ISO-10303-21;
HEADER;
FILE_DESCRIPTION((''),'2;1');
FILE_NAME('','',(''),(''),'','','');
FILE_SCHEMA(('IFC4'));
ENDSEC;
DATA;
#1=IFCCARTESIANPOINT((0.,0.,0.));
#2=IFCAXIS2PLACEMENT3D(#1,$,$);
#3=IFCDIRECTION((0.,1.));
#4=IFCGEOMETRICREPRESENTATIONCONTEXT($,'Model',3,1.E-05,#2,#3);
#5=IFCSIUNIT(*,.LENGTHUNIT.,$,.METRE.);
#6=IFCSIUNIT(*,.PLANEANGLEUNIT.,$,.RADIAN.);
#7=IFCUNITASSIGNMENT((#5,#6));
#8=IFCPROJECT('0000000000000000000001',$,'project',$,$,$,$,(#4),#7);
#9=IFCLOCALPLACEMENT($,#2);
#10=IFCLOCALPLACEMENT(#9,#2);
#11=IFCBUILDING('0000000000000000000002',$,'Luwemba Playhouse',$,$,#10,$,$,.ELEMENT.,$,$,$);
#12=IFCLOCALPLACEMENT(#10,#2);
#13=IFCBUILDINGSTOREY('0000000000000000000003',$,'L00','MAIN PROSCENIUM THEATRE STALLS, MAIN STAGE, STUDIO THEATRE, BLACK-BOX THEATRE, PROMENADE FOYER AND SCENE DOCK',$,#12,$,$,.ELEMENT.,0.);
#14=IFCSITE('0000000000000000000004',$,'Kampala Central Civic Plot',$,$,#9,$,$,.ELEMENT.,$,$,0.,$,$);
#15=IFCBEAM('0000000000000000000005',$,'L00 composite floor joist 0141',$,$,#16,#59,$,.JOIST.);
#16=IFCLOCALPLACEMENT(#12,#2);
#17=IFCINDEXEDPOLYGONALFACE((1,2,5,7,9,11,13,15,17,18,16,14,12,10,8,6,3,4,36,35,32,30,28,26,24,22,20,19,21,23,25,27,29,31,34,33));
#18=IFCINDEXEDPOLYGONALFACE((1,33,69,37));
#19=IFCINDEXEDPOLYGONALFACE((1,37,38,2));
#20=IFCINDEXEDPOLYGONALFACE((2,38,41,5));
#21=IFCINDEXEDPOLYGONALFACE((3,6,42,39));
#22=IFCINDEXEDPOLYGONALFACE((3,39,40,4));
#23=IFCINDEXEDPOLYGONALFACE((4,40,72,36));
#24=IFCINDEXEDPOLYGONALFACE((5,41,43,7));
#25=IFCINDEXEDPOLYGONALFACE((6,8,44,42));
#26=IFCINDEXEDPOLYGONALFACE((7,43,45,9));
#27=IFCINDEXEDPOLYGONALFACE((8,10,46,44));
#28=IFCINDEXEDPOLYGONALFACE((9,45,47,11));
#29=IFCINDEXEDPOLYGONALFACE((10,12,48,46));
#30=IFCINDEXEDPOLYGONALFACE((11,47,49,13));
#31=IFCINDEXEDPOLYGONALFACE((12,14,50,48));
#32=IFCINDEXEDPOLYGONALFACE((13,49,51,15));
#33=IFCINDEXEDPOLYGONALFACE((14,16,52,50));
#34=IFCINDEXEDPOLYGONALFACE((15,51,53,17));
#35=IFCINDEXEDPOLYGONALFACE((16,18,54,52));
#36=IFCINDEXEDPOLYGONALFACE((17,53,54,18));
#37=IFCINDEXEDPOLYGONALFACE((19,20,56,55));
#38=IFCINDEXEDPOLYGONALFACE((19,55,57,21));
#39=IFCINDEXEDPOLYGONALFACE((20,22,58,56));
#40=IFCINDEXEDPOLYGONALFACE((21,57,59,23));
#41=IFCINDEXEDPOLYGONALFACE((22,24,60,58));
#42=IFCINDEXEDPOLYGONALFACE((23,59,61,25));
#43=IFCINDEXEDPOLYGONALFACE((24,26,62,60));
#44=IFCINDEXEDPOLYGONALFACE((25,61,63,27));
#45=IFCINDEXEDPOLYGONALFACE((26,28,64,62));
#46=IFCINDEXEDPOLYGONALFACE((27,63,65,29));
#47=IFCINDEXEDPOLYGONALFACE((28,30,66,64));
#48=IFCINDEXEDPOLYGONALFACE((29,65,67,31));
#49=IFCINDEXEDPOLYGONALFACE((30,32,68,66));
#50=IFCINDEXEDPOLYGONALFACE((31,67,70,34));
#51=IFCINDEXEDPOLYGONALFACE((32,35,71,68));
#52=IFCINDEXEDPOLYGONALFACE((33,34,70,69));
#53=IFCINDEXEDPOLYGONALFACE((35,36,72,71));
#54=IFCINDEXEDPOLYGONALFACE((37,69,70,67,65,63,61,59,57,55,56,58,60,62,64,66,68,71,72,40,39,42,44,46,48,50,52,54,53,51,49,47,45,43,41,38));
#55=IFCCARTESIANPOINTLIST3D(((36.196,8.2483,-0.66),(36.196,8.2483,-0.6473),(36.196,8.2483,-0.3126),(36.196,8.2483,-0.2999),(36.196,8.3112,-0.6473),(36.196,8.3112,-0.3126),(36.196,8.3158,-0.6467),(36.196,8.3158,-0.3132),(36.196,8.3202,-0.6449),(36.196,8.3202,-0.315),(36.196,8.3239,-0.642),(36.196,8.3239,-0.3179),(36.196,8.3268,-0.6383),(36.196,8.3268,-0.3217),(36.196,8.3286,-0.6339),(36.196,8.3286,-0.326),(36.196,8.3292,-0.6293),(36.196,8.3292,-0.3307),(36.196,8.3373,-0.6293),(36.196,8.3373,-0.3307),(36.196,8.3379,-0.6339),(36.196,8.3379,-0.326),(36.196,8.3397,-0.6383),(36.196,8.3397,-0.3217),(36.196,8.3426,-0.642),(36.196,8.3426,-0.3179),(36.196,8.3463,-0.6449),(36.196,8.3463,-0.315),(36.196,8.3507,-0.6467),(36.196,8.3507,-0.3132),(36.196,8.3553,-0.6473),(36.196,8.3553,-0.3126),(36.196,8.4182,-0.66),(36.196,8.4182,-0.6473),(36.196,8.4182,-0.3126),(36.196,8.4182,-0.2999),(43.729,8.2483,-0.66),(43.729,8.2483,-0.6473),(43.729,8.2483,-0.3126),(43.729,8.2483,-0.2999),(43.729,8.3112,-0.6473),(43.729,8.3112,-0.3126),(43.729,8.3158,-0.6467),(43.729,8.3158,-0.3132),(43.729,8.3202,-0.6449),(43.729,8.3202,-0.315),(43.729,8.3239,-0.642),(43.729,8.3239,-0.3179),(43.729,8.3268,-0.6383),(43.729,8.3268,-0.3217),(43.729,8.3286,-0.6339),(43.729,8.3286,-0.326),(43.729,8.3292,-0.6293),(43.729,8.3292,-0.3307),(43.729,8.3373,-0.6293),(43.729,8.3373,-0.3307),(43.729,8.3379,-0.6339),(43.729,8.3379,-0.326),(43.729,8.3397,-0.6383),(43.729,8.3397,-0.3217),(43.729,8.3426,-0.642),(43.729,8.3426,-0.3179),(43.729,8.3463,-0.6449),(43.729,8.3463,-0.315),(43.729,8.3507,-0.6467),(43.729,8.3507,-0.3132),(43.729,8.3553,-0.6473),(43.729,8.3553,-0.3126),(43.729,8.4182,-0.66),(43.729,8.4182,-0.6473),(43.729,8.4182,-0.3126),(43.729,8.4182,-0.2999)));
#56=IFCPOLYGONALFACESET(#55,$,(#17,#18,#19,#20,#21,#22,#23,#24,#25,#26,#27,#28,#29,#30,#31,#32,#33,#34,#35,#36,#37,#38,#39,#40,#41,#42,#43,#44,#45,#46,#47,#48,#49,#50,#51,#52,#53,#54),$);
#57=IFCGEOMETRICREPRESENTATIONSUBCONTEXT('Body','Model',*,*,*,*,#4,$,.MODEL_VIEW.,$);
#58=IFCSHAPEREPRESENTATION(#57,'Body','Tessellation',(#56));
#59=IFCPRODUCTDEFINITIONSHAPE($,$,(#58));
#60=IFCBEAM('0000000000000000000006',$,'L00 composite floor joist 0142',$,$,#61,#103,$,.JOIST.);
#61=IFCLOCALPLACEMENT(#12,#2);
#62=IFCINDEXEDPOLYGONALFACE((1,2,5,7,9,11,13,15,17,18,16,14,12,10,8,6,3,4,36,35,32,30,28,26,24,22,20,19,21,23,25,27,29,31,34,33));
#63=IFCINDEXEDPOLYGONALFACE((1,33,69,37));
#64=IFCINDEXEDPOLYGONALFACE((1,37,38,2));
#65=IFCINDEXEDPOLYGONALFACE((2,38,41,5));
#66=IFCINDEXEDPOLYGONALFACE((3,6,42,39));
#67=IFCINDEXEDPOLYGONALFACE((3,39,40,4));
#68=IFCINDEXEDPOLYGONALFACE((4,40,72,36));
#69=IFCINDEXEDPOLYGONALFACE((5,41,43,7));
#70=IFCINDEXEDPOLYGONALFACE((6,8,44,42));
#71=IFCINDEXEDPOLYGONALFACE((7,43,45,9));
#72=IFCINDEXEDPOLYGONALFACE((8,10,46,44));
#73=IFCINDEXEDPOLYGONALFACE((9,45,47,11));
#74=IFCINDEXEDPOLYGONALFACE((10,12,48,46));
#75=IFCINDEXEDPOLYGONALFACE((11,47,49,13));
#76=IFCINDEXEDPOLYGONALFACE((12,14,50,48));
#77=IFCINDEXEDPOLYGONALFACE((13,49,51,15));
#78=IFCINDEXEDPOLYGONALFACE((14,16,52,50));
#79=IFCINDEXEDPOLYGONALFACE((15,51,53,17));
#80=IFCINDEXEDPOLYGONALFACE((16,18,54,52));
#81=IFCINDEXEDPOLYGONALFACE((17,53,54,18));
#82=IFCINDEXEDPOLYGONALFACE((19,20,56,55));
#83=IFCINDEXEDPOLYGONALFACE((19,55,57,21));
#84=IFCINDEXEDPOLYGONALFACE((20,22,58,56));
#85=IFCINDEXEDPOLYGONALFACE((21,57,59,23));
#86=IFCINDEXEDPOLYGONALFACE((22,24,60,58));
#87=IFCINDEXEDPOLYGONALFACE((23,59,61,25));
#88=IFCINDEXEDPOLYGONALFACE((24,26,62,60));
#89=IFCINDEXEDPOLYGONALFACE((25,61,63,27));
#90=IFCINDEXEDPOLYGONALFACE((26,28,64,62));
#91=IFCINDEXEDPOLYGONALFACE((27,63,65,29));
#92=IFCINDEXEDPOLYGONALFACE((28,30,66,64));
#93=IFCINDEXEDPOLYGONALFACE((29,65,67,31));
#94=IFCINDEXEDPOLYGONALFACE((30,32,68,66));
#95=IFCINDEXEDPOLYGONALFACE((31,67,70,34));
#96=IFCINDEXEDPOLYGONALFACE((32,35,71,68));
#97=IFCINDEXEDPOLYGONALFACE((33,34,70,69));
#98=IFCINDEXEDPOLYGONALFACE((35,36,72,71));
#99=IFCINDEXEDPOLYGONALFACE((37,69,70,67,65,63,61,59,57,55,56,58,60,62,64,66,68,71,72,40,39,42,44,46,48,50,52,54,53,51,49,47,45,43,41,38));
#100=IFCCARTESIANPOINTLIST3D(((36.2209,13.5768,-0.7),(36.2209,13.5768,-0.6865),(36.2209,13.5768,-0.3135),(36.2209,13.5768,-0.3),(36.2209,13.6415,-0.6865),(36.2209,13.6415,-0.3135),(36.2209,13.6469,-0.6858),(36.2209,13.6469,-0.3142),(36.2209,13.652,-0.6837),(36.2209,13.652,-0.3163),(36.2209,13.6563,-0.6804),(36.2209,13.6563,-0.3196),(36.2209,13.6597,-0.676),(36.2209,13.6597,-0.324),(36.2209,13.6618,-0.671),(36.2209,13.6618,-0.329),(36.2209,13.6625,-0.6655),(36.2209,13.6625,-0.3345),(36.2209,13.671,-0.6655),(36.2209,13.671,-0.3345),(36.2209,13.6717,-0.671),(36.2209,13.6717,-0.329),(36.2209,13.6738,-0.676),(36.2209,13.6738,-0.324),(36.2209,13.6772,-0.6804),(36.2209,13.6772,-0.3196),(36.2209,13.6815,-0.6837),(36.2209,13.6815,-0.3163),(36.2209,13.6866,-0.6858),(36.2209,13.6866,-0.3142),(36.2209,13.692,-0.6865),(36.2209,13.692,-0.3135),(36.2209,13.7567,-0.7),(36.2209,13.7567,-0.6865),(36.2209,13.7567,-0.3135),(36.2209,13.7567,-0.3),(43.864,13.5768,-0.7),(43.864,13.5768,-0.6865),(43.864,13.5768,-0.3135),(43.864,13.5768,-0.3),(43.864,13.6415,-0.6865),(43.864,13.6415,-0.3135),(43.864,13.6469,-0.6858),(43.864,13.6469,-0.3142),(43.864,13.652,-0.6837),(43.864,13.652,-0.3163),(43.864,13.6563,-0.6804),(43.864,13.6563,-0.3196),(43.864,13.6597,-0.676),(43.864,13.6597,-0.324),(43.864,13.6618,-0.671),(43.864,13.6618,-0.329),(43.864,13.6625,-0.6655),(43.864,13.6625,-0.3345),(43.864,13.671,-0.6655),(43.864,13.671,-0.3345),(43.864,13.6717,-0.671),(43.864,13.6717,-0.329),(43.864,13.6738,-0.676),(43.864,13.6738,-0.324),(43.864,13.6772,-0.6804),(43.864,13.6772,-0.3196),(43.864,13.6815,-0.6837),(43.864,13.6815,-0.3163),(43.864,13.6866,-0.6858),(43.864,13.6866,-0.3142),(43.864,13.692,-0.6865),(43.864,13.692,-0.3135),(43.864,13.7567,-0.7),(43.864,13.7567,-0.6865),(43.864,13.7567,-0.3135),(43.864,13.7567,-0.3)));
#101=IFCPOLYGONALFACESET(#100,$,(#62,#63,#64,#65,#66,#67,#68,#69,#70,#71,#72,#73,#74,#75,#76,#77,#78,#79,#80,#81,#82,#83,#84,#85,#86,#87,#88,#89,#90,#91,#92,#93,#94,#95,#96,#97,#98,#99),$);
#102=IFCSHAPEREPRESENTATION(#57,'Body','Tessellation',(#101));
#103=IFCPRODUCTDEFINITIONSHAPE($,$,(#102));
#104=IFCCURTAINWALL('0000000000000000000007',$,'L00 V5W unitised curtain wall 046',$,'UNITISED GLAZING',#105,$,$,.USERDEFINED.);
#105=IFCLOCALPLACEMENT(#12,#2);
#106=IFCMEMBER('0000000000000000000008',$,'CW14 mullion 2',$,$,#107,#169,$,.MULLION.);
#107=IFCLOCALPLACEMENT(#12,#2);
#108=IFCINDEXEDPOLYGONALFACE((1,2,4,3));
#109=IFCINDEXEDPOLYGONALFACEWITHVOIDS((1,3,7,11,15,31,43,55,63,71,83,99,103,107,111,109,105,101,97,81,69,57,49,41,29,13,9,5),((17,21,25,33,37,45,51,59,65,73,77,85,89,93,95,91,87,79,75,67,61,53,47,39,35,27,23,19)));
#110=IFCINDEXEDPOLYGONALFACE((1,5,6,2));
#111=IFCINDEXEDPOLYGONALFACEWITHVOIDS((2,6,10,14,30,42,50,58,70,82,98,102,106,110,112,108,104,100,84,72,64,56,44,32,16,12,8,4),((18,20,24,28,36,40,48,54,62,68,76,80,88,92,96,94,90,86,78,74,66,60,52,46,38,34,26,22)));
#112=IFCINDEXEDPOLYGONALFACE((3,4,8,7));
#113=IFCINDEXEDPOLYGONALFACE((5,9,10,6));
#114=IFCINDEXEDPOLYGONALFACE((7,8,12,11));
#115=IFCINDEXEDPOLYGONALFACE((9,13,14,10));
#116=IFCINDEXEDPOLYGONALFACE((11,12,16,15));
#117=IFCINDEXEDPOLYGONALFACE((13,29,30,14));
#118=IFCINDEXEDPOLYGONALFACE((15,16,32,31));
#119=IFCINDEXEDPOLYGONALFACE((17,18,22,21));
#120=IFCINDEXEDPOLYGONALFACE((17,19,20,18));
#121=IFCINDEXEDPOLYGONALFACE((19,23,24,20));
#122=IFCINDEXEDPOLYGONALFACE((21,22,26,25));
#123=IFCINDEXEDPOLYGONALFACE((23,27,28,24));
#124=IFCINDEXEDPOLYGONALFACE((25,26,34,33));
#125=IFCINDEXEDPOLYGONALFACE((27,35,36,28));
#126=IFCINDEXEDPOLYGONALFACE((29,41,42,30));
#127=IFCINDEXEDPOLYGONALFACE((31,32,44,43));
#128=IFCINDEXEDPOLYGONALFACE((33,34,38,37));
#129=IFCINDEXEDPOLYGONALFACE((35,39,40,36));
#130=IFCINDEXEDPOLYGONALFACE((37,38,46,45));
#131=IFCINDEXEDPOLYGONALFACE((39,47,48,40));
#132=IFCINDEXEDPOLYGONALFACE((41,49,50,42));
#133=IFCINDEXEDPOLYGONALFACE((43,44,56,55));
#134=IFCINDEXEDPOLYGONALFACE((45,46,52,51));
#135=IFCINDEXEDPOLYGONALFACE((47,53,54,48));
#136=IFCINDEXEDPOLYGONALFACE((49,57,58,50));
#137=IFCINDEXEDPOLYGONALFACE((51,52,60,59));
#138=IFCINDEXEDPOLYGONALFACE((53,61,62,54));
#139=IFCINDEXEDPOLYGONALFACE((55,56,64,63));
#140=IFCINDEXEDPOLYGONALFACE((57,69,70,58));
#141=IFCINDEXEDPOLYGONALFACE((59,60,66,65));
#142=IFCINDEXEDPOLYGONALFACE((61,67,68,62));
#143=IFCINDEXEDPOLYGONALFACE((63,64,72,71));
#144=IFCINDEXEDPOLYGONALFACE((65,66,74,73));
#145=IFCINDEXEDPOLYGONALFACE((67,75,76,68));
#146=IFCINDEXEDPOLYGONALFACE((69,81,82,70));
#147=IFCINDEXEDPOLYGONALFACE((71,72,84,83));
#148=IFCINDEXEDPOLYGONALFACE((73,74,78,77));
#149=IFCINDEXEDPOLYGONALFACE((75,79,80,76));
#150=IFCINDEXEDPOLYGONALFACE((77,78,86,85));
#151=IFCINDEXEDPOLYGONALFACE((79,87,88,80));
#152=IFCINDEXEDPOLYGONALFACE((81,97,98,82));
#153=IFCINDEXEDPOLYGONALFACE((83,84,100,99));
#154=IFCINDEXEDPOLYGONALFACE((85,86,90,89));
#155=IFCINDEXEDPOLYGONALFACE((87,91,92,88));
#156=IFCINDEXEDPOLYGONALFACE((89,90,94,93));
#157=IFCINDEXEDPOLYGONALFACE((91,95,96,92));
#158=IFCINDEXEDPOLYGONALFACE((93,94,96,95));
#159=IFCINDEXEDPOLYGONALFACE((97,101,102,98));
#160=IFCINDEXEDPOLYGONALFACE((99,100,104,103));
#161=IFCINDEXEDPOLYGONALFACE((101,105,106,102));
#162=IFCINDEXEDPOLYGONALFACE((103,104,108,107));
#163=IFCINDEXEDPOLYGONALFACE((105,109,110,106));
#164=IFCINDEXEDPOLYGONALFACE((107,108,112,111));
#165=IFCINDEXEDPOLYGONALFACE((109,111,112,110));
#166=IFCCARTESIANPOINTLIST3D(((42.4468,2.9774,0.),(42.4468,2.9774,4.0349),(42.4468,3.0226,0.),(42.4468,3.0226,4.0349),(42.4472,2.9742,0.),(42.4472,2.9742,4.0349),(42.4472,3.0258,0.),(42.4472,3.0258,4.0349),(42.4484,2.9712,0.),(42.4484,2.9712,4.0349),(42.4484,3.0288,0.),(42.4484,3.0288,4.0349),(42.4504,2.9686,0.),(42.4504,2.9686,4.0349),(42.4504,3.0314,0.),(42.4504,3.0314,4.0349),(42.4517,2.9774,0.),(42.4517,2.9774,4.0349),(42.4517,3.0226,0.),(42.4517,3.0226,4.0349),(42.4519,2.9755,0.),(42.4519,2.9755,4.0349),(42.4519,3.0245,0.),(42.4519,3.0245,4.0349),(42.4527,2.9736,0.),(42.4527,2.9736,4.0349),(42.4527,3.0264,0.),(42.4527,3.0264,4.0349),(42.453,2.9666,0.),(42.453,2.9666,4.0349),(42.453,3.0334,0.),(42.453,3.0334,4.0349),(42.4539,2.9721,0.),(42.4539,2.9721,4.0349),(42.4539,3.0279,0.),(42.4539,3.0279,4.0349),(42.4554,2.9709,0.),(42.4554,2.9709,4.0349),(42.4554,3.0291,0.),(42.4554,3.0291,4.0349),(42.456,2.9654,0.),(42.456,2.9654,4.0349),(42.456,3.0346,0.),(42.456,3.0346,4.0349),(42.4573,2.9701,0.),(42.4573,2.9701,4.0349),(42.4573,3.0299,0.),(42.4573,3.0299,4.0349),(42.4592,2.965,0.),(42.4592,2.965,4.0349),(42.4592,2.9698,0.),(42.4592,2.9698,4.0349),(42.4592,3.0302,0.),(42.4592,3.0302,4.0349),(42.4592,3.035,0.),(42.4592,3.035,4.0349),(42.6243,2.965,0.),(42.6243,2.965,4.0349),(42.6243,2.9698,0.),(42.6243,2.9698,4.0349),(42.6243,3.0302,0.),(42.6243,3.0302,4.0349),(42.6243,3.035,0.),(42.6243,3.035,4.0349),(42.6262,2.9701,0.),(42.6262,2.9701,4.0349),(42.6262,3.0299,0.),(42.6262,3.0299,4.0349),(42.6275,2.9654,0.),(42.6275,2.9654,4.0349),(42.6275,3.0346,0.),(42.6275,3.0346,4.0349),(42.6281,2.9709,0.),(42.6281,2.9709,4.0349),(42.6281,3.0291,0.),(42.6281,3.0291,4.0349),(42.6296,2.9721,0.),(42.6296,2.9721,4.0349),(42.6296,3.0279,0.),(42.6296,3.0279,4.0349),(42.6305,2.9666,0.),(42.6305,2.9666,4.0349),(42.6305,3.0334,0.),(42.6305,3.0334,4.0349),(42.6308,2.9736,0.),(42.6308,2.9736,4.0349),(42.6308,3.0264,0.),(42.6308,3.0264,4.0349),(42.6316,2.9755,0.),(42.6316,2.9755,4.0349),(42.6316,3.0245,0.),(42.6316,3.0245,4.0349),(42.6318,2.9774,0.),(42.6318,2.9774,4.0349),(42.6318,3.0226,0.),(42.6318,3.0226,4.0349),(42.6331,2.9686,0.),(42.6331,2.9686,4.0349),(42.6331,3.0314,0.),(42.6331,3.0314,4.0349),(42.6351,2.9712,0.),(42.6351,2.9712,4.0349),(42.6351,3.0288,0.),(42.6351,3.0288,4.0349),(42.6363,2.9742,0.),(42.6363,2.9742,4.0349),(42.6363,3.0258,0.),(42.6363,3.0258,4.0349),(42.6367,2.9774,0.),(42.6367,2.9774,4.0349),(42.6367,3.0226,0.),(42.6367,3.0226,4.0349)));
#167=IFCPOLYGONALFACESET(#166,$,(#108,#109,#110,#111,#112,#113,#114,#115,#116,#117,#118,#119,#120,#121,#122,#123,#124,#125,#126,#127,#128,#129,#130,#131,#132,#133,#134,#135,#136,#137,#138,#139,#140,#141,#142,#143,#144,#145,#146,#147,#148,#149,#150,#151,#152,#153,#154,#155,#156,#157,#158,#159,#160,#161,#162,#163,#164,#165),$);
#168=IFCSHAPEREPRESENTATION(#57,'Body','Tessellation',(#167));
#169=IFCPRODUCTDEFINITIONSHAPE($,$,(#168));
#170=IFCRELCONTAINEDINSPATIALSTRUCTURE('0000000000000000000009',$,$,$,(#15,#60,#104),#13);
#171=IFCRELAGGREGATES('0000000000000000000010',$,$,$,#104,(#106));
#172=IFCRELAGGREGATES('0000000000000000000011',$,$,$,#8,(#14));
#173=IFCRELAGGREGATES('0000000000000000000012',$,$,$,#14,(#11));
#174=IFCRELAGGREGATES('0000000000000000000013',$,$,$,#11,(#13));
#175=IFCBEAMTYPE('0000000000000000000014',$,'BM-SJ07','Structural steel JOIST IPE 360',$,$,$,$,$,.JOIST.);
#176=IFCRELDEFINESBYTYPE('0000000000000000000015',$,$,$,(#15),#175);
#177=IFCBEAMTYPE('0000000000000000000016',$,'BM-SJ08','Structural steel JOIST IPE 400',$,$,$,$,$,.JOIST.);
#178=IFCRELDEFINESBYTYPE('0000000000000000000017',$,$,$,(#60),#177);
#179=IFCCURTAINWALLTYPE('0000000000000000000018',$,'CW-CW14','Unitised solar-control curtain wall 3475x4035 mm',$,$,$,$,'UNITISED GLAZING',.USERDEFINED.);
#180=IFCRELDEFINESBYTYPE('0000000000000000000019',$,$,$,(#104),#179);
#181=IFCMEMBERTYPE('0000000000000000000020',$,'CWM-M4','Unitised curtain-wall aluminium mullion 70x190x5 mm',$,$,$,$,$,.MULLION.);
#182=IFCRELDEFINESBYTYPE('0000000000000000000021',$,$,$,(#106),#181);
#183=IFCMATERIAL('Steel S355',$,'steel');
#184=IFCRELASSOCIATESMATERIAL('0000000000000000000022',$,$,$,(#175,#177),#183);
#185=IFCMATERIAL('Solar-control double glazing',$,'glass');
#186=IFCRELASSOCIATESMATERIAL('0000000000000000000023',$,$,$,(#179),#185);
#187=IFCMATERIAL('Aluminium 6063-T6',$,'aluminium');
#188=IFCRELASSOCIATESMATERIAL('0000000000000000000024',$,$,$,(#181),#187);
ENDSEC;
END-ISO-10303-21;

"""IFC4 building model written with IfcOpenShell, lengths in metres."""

from ifc_helpers import new_model, si_unit, direction, frame, origin, origin_2d, place, context, subcontext, project, spatial, hollow_rectangle, i_section, extrude, material, material_profile, profile_set, type_object, element, aggregate, save


model = new_model("IFC4")

# Units and contexts
model_context = context("Model", 3, precision=1e-05, world=origin(), true_north=direction((0.0, 1.0)))
body_context = subcontext(model_context, "Body", "Model", "MODEL_VIEW")
ifc_project = project(units=[si_unit("LENGTHUNIT", "METRE"), si_unit("PLANEANGLEUNIT", "RADIAN")], contexts=[model_context])

# Site, building, storey
site_placement = place(None, origin())
site = spatial("IfcSite", under=ifc_project, at=site_placement, Name="Kampala Central Civic Plot", CompositionType="ELEMENT", RefElevation=0.0)
building_placement = place(site_placement, origin())
building = spatial("IfcBuilding", under=site, at=building_placement, Name="Luwemba Playhouse", CompositionType="ELEMENT")
storey_placement = place(building_placement, origin())
storey = spatial("IfcBuildingStorey", under=building, at=storey_placement, Name="L00", Description="MAIN PROSCENIUM THEATRE STALLS, MAIN STAGE, STUDIO THEATRE, BLACK-BOX THEATRE, PROMENADE FOYER AND SCENE DOCK", CompositionType="ELEMENT", Elevation=0.0)

# Beams
ifc_material_1 = material(Name="Steel S355", Category="steel")
ifc_material_profile_1 = material_profile(ifc_material_1, i_section(OverallWidth=0.1699, OverallDepth=0.3601, WebThickness=0.0081, FlangeThickness=0.0127, FilletRadius=0.0181, at=origin_2d()))
ifc_profile_set_1 = profile_set([ifc_material_profile_1], Name="Steel S355")
beam_type_1 = type_object("IfcBeamType", Name="BM-SJ07", Description="Structural steel JOIST IPE 360", PredefinedType="JOIST", material=ifc_profile_set_1)
beam_1_placement = place(storey_placement, frame((36.196, 8.3333, -0.48), z_axis=(1.0, 0.0, 0.0), x_axis=(0.0, 1.0, 0.0)))
element("IfcBeam", 1, at=beam_1_placement, inside=storey, type_object=beam_type_1, Name="L00 composite floor joist 0141", PredefinedType="JOIST", context=body_context, shape_type="SweptSolid", body=[
    extrude(i_section(OverallWidth=0.1699, OverallDepth=0.3601, WebThickness=0.0081, FlangeThickness=0.0127, FilletRadius=0.0181, at=origin_2d()), origin(), (0.0, 0.0, 1.0), 7.533),
])
ifc_material_profile_2 = material_profile(ifc_material_1, i_section(OverallWidth=0.1799, OverallDepth=0.3999, WebThickness=0.0085, FlangeThickness=0.0134, FilletRadius=0.021, at=origin_2d()))
ifc_profile_set_2 = profile_set([ifc_material_profile_2], Name="Steel S355")
beam_type_2 = type_object("IfcBeamType", Name="BM-SJ08", Description="Structural steel JOIST IPE 400", PredefinedType="JOIST", material=ifc_profile_set_2)
beam_2_placement = place(storey_placement, frame((36.2209, 13.6667, -0.5), z_axis=(1.0, 0.0, 0.0), x_axis=(0.0, 1.0, 0.0)))
element("IfcBeam", 2, at=beam_2_placement, inside=storey, type_object=beam_type_2, Name="L00 composite floor joist 0142", PredefinedType="JOIST", context=body_context, shape_type="SweptSolid", body=[
    extrude(i_section(OverallWidth=0.1799, OverallDepth=0.3999, WebThickness=0.0085, FlangeThickness=0.0134, FilletRadius=0.021, at=origin_2d()), origin(), (0.0, 0.0, 1.0), 7.6431),
])

# Curtain wall, member
ifc_material_2 = material(Name="Solar-control double glazing", Category="glass")
curtain_wall_type = type_object("IfcCurtainWallType", Name="CW-CW14", Description="Unitised solar-control curtain wall 3475x4035 mm", ElementType="UNITISED GLAZING", PredefinedType="USERDEFINED", material=ifc_material_2)
curtain_wall_placement = place(storey_placement, origin())
curtain_wall = element("IfcCurtainWall", 3, at=curtain_wall_placement, inside=storey, type_object=curtain_wall_type, Name="L00 V5W unitised curtain wall 046", ObjectType="UNITISED GLAZING", PredefinedType="USERDEFINED")
ifc_material_3 = material(Name="Aluminium 6063-T6", Category="aluminium")
ifc_material_profile_3 = material_profile(ifc_material_3, hollow_rectangle(XDim=0.0701, YDim=0.1899, WallThickness=0.0049, InnerFilletRadius=0.0076, OuterFilletRadius=0.0125, at=origin_2d()))
ifc_profile_set_3 = profile_set([ifc_material_profile_3], Name="Aluminium 6063-T6")
member_type_1 = type_object("IfcMemberType", Name="CWM-M4", Description="Unitised curtain-wall aluminium mullion 70x190x5 mm", PredefinedType="MULLION", material=ifc_profile_set_3)
member_1_placement = place(storey_placement, frame((42.5417, 3.0, 0.0), z_axis=(0.0, 0.0, 1.0), x_axis=(0.0, -1.0, 0.0)))
member_1 = element("IfcMember", 4, at=member_1_placement, type_object=member_type_1, Name="CW14 mullion 2", PredefinedType="MULLION", context=body_context, shape_type="SweptSolid", body=[
    extrude(hollow_rectangle(XDim=0.0701, YDim=0.1899, WallThickness=0.0049, InnerFilletRadius=0.0076, OuterFilletRadius=0.0125, at=origin_2d()), origin(), (0.0, 0.0, 1.0), 4.0349),
])
aggregate(curtain_wall, [member_1])

save(model, "model.ifc")
